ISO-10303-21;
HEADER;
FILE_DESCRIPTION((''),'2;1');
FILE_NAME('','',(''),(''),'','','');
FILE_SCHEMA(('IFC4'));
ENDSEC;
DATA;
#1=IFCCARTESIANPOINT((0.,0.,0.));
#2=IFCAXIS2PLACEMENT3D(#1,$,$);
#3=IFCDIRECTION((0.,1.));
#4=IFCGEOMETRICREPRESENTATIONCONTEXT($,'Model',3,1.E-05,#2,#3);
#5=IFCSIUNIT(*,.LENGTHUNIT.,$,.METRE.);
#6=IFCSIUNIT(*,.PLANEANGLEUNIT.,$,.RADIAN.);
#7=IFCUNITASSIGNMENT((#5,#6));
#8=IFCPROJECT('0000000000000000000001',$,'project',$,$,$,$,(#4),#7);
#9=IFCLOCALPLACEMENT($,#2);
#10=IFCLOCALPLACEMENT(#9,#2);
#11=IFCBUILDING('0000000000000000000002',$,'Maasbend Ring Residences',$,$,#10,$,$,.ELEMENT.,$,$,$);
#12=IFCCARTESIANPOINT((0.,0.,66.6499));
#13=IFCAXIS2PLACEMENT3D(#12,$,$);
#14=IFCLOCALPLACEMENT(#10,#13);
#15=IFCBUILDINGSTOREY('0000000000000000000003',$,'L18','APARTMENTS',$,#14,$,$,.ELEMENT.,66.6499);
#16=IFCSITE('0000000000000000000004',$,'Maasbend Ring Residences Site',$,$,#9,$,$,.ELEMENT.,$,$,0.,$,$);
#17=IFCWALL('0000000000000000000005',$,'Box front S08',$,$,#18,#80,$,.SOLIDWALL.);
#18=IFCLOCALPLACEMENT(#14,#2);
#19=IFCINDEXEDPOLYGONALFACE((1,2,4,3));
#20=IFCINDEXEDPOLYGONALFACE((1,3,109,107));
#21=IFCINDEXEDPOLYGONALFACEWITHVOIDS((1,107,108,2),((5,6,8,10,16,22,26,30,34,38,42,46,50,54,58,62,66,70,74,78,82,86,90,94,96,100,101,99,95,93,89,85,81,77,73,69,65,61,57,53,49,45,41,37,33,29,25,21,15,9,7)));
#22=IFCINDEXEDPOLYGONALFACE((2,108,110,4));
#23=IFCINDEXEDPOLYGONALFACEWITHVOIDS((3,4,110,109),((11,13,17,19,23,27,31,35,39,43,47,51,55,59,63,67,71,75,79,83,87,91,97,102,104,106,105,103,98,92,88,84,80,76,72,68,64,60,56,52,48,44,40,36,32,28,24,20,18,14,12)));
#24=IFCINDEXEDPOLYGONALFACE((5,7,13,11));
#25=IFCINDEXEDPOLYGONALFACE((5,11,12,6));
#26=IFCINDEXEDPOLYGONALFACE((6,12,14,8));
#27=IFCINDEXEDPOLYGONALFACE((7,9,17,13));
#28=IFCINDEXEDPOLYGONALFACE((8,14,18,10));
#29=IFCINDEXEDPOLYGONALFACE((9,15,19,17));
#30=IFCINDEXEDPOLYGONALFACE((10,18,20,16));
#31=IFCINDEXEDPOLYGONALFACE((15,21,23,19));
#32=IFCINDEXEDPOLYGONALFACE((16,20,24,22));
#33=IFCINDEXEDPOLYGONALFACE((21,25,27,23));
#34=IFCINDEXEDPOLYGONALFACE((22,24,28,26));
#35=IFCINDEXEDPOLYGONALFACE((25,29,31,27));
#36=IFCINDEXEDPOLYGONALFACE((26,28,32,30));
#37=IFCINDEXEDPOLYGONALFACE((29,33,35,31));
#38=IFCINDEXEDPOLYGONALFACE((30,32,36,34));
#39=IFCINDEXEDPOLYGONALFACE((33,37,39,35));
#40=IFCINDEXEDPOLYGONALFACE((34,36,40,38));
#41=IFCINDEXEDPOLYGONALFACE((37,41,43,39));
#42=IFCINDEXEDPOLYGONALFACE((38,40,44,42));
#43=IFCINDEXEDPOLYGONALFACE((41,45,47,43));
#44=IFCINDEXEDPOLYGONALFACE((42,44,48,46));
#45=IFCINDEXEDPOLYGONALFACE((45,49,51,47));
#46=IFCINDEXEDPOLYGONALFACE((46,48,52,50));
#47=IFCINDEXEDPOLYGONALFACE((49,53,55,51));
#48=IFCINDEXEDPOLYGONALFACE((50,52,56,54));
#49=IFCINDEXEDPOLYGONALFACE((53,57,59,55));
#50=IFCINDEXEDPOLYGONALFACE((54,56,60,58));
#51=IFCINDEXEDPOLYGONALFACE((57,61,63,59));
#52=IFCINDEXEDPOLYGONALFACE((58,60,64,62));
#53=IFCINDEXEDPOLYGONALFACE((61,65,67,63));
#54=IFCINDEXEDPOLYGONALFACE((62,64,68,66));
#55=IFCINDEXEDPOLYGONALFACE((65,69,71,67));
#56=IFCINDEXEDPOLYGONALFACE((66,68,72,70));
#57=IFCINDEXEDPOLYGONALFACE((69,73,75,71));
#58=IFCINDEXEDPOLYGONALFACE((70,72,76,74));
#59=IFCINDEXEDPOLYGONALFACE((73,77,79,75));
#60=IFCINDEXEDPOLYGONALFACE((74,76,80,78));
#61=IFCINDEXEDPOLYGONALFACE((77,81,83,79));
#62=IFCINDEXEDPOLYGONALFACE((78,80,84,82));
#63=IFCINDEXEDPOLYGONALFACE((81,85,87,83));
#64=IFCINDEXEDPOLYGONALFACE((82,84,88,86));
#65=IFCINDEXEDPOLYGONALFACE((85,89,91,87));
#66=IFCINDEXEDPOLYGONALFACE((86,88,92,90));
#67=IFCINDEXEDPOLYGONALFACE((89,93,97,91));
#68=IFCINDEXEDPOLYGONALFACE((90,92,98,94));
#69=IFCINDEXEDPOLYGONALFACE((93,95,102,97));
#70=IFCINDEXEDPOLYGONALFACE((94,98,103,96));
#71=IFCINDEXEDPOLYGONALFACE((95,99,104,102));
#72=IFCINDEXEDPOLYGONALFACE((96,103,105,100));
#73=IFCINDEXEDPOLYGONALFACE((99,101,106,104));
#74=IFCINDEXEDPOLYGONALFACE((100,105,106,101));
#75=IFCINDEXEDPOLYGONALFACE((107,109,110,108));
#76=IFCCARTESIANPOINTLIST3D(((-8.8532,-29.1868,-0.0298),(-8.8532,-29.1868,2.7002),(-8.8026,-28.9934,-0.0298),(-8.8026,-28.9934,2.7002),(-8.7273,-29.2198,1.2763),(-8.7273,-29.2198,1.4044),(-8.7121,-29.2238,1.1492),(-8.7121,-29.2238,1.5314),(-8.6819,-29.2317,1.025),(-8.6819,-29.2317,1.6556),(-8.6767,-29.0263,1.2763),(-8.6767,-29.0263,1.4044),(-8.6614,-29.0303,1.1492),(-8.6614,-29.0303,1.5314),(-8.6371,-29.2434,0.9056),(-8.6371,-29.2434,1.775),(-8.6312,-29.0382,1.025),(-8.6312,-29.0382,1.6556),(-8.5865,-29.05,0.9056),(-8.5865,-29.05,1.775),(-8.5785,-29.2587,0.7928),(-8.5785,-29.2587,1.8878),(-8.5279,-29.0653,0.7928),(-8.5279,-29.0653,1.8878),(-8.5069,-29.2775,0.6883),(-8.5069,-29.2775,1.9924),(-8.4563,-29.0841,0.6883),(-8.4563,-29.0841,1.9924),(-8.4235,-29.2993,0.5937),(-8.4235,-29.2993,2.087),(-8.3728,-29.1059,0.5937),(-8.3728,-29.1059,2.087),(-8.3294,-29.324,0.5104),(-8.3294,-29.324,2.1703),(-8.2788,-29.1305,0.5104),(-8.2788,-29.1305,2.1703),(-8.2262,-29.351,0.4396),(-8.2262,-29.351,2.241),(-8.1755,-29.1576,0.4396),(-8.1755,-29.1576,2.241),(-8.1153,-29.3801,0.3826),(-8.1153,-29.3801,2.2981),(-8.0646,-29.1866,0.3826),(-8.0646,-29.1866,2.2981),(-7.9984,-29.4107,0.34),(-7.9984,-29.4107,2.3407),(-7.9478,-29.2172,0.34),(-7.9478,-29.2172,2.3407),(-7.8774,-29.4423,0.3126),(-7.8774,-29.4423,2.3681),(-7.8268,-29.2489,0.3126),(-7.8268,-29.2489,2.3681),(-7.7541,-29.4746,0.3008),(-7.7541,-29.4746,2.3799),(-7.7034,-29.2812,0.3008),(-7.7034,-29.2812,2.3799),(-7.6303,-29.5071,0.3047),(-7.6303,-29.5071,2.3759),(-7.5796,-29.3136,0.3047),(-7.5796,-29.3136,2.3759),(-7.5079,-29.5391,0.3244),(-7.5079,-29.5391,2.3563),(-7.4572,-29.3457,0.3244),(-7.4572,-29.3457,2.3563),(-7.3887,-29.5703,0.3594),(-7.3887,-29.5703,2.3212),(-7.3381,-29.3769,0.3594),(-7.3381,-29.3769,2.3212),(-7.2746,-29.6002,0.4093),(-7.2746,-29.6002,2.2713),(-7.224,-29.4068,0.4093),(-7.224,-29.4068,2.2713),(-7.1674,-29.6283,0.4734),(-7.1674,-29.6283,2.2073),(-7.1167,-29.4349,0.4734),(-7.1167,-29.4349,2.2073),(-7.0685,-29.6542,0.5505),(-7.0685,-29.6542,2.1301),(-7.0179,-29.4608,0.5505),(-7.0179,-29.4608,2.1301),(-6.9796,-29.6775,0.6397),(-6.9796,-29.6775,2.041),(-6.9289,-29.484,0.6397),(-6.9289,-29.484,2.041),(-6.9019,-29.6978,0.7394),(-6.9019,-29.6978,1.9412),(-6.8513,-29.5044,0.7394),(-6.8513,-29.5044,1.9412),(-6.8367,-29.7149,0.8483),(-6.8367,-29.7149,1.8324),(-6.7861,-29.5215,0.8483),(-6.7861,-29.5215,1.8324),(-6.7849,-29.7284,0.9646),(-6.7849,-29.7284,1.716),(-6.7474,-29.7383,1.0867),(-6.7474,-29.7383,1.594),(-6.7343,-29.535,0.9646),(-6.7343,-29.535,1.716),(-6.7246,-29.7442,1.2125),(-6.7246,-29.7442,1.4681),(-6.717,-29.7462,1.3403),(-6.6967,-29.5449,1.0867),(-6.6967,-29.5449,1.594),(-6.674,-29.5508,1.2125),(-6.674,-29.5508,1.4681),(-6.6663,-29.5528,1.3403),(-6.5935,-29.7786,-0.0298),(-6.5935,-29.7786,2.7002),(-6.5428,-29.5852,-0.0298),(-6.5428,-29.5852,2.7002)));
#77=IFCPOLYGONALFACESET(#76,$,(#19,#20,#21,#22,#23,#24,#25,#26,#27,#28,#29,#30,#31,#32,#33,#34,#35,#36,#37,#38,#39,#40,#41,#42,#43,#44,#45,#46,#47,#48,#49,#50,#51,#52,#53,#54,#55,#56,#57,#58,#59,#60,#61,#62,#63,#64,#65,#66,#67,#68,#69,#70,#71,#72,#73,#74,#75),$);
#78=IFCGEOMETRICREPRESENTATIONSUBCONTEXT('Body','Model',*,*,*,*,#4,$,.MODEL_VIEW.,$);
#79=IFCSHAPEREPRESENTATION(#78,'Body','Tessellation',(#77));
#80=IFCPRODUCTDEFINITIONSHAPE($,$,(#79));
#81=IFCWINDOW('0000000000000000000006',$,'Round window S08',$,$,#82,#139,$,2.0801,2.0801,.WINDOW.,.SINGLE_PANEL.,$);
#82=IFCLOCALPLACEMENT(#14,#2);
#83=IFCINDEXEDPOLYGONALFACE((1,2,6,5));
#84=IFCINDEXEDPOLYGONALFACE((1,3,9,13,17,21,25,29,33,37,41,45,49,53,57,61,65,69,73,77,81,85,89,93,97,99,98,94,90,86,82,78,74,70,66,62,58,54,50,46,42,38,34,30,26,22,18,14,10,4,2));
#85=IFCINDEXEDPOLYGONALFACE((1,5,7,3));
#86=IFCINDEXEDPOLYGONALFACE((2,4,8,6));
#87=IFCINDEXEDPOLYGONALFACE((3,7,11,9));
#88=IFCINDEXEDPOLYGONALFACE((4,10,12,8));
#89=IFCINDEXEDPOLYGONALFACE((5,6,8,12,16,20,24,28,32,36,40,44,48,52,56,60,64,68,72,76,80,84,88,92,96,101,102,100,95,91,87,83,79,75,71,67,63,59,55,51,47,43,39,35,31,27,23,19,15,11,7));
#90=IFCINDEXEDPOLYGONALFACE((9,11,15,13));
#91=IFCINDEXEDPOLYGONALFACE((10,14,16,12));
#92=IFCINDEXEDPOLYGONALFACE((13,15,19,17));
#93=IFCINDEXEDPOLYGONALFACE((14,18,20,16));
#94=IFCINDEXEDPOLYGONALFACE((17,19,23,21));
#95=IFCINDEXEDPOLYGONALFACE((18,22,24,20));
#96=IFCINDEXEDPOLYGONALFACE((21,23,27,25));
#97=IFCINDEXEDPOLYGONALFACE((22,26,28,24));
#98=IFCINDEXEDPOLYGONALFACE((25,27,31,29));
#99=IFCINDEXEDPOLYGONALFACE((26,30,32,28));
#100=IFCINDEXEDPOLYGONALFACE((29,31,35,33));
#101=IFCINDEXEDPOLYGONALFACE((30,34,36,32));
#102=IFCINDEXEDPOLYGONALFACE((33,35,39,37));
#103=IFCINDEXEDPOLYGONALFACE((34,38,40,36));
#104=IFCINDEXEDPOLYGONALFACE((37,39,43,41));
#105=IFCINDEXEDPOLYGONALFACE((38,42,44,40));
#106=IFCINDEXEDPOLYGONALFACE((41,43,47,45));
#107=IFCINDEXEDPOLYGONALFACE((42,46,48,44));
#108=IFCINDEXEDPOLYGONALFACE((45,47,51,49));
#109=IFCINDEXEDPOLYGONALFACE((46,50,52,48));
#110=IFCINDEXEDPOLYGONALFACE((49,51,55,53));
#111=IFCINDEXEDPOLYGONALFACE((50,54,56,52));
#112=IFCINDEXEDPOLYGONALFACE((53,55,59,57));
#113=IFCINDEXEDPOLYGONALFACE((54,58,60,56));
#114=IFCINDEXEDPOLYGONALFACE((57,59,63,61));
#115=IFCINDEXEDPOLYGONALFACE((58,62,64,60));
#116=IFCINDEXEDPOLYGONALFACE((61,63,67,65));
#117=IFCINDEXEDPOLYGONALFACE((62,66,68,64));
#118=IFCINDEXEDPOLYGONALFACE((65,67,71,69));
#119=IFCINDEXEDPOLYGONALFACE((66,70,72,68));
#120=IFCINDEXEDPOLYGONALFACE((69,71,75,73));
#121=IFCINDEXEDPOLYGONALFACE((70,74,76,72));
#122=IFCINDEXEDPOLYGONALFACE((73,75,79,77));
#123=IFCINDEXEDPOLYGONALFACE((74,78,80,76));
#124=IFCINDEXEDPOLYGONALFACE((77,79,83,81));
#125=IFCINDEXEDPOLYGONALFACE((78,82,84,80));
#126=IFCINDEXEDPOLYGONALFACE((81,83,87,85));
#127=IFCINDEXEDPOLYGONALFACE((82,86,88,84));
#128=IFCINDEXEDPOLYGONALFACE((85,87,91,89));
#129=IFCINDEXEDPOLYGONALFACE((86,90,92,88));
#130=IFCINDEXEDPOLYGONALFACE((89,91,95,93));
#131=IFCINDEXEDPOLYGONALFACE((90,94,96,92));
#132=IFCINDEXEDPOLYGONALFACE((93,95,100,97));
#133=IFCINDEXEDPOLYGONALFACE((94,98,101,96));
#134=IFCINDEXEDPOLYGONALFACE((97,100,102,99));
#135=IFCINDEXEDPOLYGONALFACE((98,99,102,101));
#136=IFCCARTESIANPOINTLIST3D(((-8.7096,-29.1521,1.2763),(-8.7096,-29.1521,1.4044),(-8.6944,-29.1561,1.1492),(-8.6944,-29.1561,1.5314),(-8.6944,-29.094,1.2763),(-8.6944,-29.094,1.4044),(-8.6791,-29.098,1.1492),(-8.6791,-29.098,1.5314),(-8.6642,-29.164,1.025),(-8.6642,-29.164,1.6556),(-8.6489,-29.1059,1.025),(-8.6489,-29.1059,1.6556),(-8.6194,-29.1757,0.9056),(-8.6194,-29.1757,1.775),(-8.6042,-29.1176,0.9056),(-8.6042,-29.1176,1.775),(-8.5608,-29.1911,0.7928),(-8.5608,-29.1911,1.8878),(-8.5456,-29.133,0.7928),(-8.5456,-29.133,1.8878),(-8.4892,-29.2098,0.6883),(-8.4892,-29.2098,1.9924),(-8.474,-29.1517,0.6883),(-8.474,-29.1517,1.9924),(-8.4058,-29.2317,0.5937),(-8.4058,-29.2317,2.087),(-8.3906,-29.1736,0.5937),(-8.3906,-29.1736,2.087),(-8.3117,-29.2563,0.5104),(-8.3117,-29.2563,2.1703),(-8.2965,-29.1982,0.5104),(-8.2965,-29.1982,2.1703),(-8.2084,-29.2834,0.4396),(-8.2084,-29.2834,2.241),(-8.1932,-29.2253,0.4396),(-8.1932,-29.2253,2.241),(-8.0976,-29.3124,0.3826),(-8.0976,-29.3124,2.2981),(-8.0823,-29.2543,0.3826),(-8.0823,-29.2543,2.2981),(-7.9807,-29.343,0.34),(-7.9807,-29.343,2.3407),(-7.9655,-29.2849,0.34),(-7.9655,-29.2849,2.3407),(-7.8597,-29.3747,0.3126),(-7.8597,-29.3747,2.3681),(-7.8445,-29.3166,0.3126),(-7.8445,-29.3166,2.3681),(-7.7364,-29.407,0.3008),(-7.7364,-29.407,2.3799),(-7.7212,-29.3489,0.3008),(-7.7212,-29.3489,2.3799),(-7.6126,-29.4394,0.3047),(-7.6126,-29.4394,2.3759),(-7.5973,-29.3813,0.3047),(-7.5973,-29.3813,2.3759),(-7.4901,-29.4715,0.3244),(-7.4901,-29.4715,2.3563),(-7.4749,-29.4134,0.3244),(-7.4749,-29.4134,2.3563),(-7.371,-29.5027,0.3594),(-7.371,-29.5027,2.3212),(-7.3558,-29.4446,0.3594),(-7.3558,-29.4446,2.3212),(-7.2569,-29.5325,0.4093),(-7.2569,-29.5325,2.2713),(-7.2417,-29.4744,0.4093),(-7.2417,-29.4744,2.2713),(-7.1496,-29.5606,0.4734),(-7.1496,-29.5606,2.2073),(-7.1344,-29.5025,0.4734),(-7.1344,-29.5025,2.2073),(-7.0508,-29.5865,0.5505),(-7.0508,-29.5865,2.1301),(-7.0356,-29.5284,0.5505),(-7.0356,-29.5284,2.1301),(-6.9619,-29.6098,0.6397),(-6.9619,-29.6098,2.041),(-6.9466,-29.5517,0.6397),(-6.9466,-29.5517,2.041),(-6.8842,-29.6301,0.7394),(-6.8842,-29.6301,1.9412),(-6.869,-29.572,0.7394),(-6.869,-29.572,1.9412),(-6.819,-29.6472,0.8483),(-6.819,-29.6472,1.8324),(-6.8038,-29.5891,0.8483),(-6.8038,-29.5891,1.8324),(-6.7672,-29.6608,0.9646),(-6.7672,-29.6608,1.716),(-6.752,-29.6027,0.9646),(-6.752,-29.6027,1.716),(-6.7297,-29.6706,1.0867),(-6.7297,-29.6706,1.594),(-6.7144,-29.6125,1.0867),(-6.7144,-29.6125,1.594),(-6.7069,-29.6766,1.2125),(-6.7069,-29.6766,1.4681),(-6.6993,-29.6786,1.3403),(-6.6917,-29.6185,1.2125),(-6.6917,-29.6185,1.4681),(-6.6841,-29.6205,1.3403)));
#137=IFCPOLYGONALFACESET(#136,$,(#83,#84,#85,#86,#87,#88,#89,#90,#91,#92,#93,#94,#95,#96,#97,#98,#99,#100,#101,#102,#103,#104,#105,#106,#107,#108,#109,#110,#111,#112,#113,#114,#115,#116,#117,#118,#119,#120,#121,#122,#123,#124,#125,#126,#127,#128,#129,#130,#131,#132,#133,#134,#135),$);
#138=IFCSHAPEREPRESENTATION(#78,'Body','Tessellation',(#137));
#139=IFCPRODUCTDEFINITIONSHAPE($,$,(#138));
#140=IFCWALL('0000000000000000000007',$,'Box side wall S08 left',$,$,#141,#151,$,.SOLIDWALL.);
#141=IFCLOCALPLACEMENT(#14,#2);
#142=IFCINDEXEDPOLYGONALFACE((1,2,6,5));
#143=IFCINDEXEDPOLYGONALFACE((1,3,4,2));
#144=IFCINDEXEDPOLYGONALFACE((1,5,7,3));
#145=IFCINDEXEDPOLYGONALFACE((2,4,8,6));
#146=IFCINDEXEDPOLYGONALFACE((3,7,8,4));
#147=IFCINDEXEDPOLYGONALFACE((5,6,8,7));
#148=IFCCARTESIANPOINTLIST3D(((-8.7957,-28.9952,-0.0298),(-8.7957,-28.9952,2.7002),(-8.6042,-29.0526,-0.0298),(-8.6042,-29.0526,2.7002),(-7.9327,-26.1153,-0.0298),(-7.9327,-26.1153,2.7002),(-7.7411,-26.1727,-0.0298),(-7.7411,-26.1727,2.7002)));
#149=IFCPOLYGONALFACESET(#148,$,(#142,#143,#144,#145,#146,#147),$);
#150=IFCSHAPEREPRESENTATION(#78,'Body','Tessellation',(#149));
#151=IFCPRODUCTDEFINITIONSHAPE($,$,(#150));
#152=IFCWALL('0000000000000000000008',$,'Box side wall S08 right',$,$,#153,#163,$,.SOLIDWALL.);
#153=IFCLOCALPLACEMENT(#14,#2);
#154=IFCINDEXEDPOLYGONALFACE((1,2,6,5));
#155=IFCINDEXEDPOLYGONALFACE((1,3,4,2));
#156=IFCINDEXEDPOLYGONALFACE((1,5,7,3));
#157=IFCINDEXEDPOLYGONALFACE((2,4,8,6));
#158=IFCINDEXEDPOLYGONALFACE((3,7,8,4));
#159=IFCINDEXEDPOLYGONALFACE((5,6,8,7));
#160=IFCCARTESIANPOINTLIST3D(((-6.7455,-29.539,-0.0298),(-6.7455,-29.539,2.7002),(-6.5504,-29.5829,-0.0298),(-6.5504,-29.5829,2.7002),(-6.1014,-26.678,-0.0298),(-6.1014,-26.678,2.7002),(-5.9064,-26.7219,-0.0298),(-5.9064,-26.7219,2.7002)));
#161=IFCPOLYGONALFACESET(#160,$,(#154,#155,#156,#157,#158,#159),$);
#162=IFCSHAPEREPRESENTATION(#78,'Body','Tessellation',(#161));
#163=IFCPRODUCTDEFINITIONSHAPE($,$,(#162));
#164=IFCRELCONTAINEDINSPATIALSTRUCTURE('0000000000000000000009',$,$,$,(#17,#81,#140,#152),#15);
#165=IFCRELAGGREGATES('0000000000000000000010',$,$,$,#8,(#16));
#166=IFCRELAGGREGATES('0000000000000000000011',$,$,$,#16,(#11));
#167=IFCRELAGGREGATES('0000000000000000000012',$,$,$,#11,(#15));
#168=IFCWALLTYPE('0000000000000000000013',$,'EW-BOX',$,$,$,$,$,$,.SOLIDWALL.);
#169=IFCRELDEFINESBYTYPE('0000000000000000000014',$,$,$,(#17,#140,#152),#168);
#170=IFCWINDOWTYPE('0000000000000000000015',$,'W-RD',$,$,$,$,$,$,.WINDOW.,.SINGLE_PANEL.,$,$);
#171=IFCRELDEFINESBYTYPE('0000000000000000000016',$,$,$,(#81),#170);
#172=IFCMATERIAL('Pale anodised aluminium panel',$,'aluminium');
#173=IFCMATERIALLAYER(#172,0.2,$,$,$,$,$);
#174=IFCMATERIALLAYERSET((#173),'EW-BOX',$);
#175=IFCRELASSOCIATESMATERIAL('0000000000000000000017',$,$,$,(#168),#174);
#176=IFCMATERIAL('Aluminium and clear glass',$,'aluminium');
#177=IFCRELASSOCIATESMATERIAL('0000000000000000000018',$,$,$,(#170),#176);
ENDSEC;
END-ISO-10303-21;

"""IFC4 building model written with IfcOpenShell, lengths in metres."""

from ifc_helpers import new_model, si_unit, direction, frame, frame_2d, origin, place, context, subcontext, project, spatial, rectangle, circle, extrude, material, layer, layer_set, type_object, element, fill, save


model = new_model("IFC4")

# Units and contexts
model_context = context("Model", 3, precision=1e-05, world=origin(), true_north=direction((0.0, 1.0)))
body_context = subcontext(model_context, "Body", "Model", "MODEL_VIEW")
ifc_project = project(units=[si_unit("LENGTHUNIT", "METRE"), si_unit("PLANEANGLEUNIT", "RADIAN")], contexts=[model_context])

# Site, building, storey
site_placement = place(None, origin())
site = spatial("IfcSite", under=ifc_project, at=site_placement, Name="Maasbend Ring Residences Site", CompositionType="ELEMENT", RefElevation=0.0)
building_placement = place(site_placement, origin())
building = spatial("IfcBuilding", under=site, at=building_placement, Name="Maasbend Ring Residences", CompositionType="ELEMENT")
storey_placement = place(building_placement, frame((0.0, 0.0, 66.6499)))
storey = spatial("IfcBuildingStorey", under=building, at=storey_placement, Name="L18", Description="APARTMENTS", CompositionType="ELEMENT", Elevation=66.6499)

# Wall, opening, window
ifc_material_1 = material(Name="Pale anodised aluminium panel", Category="aluminium")
ifc_layer_1 = layer(ifc_material_1, 0.2)
ifc_layer_set_1 = layer_set([ifc_layer_1], Name="EW-BOX")
wall_type_1 = type_object("IfcWallType", Name="EW-BOX", PredefinedType="SOLIDWALL", material=ifc_layer_set_1)
wall_1_placement = place(storey_placement, frame((-8.8279, -29.0901, -0.0298), z_axis=(0.0, 0.0, 1.0), x_axis=(0.967377, -0.253341, 0.0)))
wall_1 = element("IfcWall", 1, at=wall_1_placement, inside=storey, type_object=wall_type_1, Name="Box front S08", PredefinedType="SOLIDWALL", context=body_context, shape_type="SweptSolid", body=[
    extrude(rectangle(XDim=2.3359, YDim=0.2, at=frame_2d((1.168, 0.0))), origin(), (0.0, 0.0, 1.0), 2.73),
])
opening_1_placement = place(wall_1_placement, frame((0.1282, 0.0, 0.3301)))
opening_1 = element("IfcOpeningElement", 2, at=opening_1_placement, cuts=wall_1, PredefinedType="OPENING", context=body_context, shape_type="SweptSolid", body=[
    extrude(circle(Radius=1.04, at=frame_2d((1.04, 1.04))), frame((0.0, 0.1099, 0.0), z_axis=(0.0, -1.0, 0.0), x_axis=(1.0, 0.0, 0.0)), (0.0, 0.0, 1.0), 0.22),
])
ifc_material_2 = material(Name="Aluminium and clear glass", Category="aluminium")
window_type_1 = type_object("IfcWindowType", Name="W-RD", PartitioningType="SINGLE_PANEL", PredefinedType="WINDOW", material=ifc_material_2)
window_1_placement = place(opening_1_placement, origin())
window_1 = element("IfcWindow", 3, at=window_1_placement, inside=storey, type_object=window_type_1, Name="Round window S08", OverallHeight=2.0801, OverallWidth=2.0801, PartitioningType="SINGLE_PANEL", PredefinedType="WINDOW", context=body_context, shape_type="SweptSolid", body=[
    extrude(circle(Radius=1.04, at=frame_2d((1.04, 1.04))), frame((0.0, 0.03, 0.0), z_axis=(0.0, -1.0, 0.0), x_axis=(1.0, 0.0, 0.0)), (0.0, 0.0, 1.0), 0.0601),
])
fill(opening_1, window_1)

# Walls
wall_2_placement = place(storey_placement, frame((-7.8369, -26.144, -0.0298), z_axis=(0.0, 0.0, 1.0), x_axis=(-0.287065, -0.957911, 0.0)))
element("IfcWall", 4, at=wall_2_placement, inside=storey, type_object=wall_type_1, Name="Box side wall S08 left", PredefinedType="SOLIDWALL", context=body_context, shape_type="SweptSolid", body=[
    extrude(rectangle(XDim=3.0063, YDim=0.2, at=frame_2d((1.5032, 0.0))), origin(), (0.0, 0.0, 1.0), 2.73),
])
wall_3_placement = place(storey_placement, frame((-6.0039, -26.7, -0.0298), z_axis=(0.0, 0.0, 1.0), x_axis=(-0.219609, -0.975588, 0.0)))
element("IfcWall", 5, at=wall_3_placement, inside=storey, type_object=wall_type_1, Name="Box side wall S08 right", PredefinedType="SOLIDWALL", context=body_context, shape_type="SweptSolid", body=[
    extrude(rectangle(XDim=2.9326, YDim=0.2, at=frame_2d((1.4663, 0.0))), origin(), (0.0, 0.0, 1.0), 2.73),
])

save(model, "model.ifc")
